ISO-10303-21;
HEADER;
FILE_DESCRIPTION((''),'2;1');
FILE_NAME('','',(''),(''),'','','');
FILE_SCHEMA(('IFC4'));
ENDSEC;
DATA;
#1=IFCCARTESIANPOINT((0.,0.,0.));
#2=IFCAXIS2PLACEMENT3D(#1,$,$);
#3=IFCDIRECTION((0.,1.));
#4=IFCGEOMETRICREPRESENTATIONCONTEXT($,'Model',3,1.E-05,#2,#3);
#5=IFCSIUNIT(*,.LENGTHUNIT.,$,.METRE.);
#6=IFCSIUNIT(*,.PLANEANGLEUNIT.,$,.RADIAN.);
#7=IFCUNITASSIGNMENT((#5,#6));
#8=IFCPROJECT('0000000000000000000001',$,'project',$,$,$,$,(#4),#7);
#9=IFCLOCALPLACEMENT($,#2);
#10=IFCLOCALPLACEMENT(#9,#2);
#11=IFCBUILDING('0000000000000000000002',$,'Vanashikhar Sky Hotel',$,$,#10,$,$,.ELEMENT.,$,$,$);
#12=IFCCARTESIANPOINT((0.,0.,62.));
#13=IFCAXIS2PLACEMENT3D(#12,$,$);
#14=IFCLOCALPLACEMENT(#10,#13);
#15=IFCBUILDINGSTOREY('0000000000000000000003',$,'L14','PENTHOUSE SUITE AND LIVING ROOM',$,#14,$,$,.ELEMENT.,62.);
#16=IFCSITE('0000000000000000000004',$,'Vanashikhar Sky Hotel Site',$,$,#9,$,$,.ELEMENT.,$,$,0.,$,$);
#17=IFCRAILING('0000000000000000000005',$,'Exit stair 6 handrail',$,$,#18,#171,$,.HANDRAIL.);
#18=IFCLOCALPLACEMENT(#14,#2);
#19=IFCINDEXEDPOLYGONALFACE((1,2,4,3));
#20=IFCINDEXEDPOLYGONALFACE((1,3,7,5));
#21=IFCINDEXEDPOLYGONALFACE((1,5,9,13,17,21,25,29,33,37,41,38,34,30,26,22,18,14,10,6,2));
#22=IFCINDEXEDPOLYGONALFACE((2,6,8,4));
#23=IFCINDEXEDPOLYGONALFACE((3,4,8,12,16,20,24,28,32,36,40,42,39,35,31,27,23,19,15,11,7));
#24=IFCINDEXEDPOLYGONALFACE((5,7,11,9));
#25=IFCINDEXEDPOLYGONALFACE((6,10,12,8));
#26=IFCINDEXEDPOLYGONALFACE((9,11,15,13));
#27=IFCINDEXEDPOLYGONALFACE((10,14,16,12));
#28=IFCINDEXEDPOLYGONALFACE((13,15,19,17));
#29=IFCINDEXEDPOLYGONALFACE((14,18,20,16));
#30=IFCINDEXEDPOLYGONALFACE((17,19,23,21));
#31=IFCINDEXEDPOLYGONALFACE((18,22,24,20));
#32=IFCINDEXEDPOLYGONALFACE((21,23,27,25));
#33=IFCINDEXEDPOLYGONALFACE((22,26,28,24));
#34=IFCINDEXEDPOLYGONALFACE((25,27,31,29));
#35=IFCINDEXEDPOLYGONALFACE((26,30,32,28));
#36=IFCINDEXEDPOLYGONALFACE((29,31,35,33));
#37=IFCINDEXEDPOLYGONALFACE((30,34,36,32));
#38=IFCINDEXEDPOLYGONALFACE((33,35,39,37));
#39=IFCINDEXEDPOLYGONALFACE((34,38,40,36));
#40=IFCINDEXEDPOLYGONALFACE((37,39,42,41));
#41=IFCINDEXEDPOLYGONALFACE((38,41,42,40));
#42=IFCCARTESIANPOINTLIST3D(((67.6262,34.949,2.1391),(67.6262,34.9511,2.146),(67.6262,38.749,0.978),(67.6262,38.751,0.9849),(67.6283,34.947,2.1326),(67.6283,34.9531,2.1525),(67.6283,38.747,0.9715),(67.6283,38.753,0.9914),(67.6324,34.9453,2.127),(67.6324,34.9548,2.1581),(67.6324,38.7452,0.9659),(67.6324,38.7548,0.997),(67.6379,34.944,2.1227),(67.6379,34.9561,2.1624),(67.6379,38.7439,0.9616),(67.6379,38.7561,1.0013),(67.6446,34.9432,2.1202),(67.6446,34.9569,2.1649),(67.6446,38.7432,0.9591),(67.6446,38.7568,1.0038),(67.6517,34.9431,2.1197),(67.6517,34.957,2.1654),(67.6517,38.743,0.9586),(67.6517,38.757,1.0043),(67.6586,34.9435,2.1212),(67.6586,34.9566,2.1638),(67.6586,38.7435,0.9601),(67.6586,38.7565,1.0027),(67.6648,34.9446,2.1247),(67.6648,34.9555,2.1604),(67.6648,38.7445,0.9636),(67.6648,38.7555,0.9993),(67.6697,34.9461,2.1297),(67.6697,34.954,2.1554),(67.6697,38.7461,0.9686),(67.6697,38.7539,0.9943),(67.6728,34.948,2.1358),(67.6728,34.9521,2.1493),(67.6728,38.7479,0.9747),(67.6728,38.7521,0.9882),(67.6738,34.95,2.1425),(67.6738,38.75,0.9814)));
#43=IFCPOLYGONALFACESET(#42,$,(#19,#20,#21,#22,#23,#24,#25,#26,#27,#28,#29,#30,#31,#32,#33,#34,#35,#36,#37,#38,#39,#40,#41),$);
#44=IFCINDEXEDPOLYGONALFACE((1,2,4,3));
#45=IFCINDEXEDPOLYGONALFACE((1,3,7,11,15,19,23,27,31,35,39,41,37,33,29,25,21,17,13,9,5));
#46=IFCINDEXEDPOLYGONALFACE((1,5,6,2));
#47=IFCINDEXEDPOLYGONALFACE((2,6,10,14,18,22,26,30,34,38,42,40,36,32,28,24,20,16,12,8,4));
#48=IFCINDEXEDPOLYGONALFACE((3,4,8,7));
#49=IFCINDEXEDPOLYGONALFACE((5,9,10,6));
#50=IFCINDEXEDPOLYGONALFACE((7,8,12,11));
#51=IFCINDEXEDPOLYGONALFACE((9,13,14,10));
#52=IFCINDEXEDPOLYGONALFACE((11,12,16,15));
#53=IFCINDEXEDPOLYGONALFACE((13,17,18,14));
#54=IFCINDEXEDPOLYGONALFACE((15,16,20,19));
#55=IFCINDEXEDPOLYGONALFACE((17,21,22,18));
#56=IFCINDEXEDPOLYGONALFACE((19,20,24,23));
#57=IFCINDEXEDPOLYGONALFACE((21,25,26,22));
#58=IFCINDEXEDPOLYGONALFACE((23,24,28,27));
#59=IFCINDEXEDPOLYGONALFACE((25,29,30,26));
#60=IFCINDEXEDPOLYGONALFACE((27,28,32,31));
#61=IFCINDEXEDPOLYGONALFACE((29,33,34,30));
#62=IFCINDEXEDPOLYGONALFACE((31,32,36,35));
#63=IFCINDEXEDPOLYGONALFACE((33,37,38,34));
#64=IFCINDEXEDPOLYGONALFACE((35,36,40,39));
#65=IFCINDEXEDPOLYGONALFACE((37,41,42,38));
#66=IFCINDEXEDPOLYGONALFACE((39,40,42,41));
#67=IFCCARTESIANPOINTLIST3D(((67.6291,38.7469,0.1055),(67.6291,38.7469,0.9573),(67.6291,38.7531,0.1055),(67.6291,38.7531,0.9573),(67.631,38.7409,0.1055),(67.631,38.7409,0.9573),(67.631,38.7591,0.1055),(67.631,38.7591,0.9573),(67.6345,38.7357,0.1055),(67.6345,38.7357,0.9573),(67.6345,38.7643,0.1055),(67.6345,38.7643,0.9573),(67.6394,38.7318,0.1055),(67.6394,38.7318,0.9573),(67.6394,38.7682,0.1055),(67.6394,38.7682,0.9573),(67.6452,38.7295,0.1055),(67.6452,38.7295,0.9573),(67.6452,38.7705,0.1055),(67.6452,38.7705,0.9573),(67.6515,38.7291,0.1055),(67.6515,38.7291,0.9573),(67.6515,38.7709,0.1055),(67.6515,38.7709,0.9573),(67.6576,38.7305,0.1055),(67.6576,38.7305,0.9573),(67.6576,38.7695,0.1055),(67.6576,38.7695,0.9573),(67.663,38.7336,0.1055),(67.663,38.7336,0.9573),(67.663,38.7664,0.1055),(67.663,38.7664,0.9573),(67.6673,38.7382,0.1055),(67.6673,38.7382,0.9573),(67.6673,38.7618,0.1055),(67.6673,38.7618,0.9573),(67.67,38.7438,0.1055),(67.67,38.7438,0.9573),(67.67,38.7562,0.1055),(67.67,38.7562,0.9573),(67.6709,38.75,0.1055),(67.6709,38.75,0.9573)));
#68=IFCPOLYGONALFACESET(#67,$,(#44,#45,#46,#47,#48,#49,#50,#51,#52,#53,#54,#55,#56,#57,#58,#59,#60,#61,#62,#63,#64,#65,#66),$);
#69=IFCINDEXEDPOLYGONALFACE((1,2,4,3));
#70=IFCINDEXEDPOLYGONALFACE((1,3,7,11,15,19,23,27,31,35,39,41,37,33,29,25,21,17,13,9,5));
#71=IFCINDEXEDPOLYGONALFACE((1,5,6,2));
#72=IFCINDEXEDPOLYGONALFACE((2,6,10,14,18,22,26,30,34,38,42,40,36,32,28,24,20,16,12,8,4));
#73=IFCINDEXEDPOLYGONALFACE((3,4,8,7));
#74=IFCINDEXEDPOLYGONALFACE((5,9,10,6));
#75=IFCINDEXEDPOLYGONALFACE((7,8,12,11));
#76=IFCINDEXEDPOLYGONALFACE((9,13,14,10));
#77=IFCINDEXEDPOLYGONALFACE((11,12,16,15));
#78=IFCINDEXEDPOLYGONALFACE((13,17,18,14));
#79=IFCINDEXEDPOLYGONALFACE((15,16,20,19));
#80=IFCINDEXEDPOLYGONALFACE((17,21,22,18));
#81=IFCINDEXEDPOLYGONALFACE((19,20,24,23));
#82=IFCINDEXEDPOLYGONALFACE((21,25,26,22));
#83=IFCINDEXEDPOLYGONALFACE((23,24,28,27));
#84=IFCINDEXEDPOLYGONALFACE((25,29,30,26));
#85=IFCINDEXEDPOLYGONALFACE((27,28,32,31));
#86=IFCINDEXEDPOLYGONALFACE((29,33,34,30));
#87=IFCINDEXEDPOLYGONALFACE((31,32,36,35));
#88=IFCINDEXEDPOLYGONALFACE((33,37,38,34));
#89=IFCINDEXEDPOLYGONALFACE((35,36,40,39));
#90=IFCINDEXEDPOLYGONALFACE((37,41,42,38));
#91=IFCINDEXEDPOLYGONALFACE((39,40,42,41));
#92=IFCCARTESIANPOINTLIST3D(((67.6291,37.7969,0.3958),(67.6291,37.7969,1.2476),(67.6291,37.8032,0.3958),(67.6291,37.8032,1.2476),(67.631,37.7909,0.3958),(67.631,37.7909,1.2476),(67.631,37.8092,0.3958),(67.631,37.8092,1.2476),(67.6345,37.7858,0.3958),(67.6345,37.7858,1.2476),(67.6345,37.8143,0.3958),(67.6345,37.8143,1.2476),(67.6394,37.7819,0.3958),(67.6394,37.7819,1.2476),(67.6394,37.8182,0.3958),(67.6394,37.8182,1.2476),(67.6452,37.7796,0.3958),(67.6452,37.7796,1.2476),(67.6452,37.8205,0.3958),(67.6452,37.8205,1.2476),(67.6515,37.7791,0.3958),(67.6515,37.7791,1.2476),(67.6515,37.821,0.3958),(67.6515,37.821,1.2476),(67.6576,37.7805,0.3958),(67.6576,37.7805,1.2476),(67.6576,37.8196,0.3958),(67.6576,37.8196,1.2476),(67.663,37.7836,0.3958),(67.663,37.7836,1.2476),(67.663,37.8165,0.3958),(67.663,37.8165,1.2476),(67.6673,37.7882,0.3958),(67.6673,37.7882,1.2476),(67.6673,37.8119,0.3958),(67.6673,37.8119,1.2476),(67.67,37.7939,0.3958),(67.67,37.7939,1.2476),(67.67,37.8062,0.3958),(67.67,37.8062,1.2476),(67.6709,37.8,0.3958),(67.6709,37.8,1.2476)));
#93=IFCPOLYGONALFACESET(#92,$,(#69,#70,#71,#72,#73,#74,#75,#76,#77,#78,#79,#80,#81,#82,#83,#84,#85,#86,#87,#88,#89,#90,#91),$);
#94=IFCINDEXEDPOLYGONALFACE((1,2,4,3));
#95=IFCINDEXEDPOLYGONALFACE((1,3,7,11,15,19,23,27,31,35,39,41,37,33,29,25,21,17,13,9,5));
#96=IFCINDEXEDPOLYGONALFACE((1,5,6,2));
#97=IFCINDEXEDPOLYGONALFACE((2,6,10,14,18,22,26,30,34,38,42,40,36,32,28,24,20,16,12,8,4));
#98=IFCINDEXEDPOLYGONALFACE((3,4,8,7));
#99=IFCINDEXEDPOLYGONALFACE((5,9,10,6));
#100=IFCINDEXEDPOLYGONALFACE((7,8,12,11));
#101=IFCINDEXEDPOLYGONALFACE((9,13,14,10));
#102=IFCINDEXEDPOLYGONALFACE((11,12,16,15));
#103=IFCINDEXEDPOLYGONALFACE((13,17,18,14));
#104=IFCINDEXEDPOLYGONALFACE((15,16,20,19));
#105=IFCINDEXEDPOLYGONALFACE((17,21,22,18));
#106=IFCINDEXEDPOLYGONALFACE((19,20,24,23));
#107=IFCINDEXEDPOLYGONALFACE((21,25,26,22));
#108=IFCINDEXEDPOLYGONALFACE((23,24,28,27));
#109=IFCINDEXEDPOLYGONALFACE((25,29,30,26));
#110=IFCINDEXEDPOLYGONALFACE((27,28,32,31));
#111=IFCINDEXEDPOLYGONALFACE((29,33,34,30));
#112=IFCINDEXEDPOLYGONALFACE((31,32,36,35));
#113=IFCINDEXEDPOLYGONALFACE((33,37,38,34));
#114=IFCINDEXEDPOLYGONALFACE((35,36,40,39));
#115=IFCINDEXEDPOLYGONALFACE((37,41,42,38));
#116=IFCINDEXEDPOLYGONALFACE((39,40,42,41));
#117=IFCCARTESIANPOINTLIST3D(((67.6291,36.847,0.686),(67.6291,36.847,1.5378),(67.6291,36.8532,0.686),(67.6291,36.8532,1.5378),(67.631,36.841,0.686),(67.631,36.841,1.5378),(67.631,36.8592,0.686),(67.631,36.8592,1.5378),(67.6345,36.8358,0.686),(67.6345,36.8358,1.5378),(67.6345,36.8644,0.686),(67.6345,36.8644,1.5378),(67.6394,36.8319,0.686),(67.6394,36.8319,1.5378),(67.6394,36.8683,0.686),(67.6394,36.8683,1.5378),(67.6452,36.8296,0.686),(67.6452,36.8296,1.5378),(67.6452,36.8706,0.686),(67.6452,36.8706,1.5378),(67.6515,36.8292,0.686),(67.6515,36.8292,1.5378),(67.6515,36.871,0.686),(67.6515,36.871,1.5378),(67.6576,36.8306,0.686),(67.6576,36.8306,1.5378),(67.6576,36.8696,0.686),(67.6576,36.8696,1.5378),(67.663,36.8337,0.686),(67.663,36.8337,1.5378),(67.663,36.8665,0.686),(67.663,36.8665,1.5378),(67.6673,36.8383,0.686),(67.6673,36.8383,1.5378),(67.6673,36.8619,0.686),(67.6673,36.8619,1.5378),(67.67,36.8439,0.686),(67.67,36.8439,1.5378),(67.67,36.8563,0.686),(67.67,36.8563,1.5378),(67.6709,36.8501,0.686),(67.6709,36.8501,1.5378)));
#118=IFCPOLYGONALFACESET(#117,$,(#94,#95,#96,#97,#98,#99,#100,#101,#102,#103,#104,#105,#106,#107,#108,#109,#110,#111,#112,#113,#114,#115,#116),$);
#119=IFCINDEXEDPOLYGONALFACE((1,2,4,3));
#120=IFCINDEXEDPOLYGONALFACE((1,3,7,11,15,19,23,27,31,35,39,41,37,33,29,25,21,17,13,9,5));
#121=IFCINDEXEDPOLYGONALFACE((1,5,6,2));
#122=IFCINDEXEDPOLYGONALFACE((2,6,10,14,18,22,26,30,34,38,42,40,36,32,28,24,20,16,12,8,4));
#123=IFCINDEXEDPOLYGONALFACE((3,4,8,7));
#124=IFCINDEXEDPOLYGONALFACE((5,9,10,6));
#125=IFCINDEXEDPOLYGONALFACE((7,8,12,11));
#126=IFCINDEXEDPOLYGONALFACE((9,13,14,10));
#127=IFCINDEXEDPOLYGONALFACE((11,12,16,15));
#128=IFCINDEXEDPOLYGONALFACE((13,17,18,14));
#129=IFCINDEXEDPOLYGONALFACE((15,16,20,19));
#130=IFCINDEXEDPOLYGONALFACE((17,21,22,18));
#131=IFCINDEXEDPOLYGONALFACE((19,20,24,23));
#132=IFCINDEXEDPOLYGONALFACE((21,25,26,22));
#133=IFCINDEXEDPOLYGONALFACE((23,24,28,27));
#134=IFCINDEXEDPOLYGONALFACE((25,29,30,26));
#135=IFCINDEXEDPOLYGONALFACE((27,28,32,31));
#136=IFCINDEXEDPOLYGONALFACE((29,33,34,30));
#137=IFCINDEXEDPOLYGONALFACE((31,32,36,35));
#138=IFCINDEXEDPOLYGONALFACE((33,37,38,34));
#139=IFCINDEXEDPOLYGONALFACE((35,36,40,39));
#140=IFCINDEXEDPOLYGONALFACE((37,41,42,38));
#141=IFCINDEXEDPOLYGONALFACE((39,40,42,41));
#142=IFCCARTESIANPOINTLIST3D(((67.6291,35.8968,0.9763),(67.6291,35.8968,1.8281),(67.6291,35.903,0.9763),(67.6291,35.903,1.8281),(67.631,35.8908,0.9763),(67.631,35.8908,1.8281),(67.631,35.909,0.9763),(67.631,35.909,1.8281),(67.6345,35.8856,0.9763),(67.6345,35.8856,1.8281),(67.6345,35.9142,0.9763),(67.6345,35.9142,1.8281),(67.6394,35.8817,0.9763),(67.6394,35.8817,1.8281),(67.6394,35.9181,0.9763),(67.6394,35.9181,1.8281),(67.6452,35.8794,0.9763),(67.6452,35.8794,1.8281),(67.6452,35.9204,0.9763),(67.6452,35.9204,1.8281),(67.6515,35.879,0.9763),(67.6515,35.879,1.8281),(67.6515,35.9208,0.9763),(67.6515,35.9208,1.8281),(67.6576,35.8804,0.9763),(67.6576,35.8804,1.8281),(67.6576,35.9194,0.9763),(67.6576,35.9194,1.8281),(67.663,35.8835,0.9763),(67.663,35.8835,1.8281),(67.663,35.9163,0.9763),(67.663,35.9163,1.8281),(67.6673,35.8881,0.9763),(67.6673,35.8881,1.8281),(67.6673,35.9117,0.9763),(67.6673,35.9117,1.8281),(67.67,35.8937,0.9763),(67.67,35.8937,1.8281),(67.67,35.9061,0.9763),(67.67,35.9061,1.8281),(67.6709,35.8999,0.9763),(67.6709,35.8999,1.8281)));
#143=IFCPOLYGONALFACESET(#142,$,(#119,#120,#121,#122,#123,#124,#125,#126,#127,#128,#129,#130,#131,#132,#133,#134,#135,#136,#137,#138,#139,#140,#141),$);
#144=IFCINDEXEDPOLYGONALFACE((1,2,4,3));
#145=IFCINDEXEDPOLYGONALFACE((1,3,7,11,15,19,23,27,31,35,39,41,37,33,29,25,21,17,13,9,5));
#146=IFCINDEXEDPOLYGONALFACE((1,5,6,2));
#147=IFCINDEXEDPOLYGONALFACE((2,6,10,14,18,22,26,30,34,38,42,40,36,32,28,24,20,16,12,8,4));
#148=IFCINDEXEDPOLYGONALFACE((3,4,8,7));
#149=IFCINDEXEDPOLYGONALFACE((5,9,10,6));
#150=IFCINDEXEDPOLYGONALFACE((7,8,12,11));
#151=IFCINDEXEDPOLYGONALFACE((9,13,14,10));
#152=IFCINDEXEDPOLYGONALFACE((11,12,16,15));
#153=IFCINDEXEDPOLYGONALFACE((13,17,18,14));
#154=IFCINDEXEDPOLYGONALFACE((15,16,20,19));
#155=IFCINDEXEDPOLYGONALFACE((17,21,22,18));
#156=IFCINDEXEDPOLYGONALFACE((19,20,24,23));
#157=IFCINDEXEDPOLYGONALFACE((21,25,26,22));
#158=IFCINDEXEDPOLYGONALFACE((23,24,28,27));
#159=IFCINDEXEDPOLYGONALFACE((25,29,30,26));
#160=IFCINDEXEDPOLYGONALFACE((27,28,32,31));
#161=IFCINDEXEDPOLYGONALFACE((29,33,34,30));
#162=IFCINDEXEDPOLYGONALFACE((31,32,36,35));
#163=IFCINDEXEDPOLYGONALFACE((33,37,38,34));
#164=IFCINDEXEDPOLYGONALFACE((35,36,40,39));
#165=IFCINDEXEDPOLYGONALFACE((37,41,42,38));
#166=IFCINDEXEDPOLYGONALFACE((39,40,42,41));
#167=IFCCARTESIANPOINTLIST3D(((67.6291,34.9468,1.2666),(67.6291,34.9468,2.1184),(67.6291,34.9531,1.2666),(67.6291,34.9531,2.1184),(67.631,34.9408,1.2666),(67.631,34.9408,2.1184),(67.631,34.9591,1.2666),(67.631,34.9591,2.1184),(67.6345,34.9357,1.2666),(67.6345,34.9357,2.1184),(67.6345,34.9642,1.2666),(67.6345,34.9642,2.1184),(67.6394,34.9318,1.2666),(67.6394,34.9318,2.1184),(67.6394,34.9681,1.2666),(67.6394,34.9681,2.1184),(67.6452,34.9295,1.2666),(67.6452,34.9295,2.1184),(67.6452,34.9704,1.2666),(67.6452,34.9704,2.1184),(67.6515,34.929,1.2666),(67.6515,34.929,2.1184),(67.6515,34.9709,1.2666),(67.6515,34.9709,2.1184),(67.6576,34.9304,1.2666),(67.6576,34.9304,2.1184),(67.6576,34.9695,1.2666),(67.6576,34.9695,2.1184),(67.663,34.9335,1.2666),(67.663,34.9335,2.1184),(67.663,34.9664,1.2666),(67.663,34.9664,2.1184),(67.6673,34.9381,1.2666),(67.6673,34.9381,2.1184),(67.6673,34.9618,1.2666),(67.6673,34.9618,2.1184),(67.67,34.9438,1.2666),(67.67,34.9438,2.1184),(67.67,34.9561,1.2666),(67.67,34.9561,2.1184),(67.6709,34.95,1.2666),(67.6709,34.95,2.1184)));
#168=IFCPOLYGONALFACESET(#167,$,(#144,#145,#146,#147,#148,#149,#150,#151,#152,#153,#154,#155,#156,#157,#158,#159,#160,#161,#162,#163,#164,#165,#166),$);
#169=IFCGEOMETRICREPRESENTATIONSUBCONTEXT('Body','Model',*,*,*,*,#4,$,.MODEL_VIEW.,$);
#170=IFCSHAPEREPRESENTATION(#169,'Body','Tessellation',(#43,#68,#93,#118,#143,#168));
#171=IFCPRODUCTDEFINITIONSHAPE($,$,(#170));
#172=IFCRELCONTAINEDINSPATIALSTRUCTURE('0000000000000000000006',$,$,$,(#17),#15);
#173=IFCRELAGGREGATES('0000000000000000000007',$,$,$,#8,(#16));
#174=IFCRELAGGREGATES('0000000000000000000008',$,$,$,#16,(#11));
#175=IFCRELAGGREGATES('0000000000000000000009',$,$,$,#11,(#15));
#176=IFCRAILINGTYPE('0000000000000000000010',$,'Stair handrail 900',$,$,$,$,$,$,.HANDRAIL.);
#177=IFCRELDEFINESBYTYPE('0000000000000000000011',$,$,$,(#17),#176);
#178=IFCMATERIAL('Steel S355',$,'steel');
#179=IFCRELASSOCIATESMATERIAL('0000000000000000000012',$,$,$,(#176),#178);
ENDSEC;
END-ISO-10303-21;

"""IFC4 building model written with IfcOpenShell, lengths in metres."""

from ifc_helpers import new_model, si_unit, direction, frame, origin, origin_2d, place, context, subcontext, project, spatial, circle, extrude, source, transform, mapped, material, type_object, element, save


model = new_model("IFC4")

# Units and contexts
model_context = context("Model", 3, precision=1e-05, world=origin(), true_north=direction((0.0, 1.0)))
body_context = subcontext(model_context, "Body", "Model", "MODEL_VIEW")
ifc_project = project(units=[si_unit("LENGTHUNIT", "METRE"), si_unit("PLANEANGLEUNIT", "RADIAN")], contexts=[model_context])

# Site, building, storey
site_placement = place(None, origin())
site = spatial("IfcSite", under=ifc_project, at=site_placement, Name="Vanashikhar Sky Hotel Site", CompositionType="ELEMENT", RefElevation=0.0)
building_placement = place(site_placement, origin())
building = spatial("IfcBuilding", under=site, at=building_placement, Name="Vanashikhar Sky Hotel", CompositionType="ELEMENT")
storey_placement = place(building_placement, frame((0.0, 0.0, 62.0)))
storey = spatial("IfcBuildingStorey", under=building, at=storey_placement, Name="L14", Description="PENTHOUSE SUITE AND LIVING ROOM", CompositionType="ELEMENT", Elevation=62.0)

# Railing
ifc_material_1 = material(Name="Steel S355", Category="steel")
railing_type_1 = type_object("IfcRailingType", Name="Stair handrail 900", PredefinedType="HANDRAIL", material=ifc_material_1)
shared_shape_1 = source(origin(), body_context, "Body", "SweptSolid", [
    extrude(circle(Radius=0.0239, at=origin_2d()), frame((0.0, 0.0, 0.876), z_axis=(0.0, -0.956351, 0.29222), x_axis=(1.0, 0.0, 0.0)), (0.0, 0.0, 1.0), 3.9734),
    extrude(circle(Radius=0.021, at=origin_2d()), origin(), (0.0, 0.0, 1.0), 0.8518),
    extrude(circle(Radius=0.021, at=origin_2d()), frame((0.0, -0.95, 0.2903)), (0.0, 0.0, 1.0), 0.8518),
    extrude(circle(Radius=0.021, at=origin_2d()), frame((0.0, -1.8999, 0.5806)), (0.0, 0.0, 1.0), 0.8518),
    extrude(circle(Radius=0.021, at=origin_2d()), frame((0.0, -2.8501, 0.8708)), (0.0, 0.0, 1.0), 0.8518),
    extrude(circle(Radius=0.021, at=origin_2d()), frame((0.0, -3.8, 1.1611)), (0.0, 0.0, 1.0), 0.8518),
])
for number, where, name in (
    (1, (67.6499, 38.75, 0.1055), "Exit stair 6 handrail"),
):
    element("IfcRailing", number, at=place(storey_placement, frame(where)), inside=storey, type_object=railing_type_1, Name=name, PredefinedType="HANDRAIL", context=body_context, shape_type="MappedRepresentation", body=[
        mapped(shared_shape_1, transform((0.0, 0.0, 0.0), scale=1.0)),
    ])

save(model, "model.ifc")
